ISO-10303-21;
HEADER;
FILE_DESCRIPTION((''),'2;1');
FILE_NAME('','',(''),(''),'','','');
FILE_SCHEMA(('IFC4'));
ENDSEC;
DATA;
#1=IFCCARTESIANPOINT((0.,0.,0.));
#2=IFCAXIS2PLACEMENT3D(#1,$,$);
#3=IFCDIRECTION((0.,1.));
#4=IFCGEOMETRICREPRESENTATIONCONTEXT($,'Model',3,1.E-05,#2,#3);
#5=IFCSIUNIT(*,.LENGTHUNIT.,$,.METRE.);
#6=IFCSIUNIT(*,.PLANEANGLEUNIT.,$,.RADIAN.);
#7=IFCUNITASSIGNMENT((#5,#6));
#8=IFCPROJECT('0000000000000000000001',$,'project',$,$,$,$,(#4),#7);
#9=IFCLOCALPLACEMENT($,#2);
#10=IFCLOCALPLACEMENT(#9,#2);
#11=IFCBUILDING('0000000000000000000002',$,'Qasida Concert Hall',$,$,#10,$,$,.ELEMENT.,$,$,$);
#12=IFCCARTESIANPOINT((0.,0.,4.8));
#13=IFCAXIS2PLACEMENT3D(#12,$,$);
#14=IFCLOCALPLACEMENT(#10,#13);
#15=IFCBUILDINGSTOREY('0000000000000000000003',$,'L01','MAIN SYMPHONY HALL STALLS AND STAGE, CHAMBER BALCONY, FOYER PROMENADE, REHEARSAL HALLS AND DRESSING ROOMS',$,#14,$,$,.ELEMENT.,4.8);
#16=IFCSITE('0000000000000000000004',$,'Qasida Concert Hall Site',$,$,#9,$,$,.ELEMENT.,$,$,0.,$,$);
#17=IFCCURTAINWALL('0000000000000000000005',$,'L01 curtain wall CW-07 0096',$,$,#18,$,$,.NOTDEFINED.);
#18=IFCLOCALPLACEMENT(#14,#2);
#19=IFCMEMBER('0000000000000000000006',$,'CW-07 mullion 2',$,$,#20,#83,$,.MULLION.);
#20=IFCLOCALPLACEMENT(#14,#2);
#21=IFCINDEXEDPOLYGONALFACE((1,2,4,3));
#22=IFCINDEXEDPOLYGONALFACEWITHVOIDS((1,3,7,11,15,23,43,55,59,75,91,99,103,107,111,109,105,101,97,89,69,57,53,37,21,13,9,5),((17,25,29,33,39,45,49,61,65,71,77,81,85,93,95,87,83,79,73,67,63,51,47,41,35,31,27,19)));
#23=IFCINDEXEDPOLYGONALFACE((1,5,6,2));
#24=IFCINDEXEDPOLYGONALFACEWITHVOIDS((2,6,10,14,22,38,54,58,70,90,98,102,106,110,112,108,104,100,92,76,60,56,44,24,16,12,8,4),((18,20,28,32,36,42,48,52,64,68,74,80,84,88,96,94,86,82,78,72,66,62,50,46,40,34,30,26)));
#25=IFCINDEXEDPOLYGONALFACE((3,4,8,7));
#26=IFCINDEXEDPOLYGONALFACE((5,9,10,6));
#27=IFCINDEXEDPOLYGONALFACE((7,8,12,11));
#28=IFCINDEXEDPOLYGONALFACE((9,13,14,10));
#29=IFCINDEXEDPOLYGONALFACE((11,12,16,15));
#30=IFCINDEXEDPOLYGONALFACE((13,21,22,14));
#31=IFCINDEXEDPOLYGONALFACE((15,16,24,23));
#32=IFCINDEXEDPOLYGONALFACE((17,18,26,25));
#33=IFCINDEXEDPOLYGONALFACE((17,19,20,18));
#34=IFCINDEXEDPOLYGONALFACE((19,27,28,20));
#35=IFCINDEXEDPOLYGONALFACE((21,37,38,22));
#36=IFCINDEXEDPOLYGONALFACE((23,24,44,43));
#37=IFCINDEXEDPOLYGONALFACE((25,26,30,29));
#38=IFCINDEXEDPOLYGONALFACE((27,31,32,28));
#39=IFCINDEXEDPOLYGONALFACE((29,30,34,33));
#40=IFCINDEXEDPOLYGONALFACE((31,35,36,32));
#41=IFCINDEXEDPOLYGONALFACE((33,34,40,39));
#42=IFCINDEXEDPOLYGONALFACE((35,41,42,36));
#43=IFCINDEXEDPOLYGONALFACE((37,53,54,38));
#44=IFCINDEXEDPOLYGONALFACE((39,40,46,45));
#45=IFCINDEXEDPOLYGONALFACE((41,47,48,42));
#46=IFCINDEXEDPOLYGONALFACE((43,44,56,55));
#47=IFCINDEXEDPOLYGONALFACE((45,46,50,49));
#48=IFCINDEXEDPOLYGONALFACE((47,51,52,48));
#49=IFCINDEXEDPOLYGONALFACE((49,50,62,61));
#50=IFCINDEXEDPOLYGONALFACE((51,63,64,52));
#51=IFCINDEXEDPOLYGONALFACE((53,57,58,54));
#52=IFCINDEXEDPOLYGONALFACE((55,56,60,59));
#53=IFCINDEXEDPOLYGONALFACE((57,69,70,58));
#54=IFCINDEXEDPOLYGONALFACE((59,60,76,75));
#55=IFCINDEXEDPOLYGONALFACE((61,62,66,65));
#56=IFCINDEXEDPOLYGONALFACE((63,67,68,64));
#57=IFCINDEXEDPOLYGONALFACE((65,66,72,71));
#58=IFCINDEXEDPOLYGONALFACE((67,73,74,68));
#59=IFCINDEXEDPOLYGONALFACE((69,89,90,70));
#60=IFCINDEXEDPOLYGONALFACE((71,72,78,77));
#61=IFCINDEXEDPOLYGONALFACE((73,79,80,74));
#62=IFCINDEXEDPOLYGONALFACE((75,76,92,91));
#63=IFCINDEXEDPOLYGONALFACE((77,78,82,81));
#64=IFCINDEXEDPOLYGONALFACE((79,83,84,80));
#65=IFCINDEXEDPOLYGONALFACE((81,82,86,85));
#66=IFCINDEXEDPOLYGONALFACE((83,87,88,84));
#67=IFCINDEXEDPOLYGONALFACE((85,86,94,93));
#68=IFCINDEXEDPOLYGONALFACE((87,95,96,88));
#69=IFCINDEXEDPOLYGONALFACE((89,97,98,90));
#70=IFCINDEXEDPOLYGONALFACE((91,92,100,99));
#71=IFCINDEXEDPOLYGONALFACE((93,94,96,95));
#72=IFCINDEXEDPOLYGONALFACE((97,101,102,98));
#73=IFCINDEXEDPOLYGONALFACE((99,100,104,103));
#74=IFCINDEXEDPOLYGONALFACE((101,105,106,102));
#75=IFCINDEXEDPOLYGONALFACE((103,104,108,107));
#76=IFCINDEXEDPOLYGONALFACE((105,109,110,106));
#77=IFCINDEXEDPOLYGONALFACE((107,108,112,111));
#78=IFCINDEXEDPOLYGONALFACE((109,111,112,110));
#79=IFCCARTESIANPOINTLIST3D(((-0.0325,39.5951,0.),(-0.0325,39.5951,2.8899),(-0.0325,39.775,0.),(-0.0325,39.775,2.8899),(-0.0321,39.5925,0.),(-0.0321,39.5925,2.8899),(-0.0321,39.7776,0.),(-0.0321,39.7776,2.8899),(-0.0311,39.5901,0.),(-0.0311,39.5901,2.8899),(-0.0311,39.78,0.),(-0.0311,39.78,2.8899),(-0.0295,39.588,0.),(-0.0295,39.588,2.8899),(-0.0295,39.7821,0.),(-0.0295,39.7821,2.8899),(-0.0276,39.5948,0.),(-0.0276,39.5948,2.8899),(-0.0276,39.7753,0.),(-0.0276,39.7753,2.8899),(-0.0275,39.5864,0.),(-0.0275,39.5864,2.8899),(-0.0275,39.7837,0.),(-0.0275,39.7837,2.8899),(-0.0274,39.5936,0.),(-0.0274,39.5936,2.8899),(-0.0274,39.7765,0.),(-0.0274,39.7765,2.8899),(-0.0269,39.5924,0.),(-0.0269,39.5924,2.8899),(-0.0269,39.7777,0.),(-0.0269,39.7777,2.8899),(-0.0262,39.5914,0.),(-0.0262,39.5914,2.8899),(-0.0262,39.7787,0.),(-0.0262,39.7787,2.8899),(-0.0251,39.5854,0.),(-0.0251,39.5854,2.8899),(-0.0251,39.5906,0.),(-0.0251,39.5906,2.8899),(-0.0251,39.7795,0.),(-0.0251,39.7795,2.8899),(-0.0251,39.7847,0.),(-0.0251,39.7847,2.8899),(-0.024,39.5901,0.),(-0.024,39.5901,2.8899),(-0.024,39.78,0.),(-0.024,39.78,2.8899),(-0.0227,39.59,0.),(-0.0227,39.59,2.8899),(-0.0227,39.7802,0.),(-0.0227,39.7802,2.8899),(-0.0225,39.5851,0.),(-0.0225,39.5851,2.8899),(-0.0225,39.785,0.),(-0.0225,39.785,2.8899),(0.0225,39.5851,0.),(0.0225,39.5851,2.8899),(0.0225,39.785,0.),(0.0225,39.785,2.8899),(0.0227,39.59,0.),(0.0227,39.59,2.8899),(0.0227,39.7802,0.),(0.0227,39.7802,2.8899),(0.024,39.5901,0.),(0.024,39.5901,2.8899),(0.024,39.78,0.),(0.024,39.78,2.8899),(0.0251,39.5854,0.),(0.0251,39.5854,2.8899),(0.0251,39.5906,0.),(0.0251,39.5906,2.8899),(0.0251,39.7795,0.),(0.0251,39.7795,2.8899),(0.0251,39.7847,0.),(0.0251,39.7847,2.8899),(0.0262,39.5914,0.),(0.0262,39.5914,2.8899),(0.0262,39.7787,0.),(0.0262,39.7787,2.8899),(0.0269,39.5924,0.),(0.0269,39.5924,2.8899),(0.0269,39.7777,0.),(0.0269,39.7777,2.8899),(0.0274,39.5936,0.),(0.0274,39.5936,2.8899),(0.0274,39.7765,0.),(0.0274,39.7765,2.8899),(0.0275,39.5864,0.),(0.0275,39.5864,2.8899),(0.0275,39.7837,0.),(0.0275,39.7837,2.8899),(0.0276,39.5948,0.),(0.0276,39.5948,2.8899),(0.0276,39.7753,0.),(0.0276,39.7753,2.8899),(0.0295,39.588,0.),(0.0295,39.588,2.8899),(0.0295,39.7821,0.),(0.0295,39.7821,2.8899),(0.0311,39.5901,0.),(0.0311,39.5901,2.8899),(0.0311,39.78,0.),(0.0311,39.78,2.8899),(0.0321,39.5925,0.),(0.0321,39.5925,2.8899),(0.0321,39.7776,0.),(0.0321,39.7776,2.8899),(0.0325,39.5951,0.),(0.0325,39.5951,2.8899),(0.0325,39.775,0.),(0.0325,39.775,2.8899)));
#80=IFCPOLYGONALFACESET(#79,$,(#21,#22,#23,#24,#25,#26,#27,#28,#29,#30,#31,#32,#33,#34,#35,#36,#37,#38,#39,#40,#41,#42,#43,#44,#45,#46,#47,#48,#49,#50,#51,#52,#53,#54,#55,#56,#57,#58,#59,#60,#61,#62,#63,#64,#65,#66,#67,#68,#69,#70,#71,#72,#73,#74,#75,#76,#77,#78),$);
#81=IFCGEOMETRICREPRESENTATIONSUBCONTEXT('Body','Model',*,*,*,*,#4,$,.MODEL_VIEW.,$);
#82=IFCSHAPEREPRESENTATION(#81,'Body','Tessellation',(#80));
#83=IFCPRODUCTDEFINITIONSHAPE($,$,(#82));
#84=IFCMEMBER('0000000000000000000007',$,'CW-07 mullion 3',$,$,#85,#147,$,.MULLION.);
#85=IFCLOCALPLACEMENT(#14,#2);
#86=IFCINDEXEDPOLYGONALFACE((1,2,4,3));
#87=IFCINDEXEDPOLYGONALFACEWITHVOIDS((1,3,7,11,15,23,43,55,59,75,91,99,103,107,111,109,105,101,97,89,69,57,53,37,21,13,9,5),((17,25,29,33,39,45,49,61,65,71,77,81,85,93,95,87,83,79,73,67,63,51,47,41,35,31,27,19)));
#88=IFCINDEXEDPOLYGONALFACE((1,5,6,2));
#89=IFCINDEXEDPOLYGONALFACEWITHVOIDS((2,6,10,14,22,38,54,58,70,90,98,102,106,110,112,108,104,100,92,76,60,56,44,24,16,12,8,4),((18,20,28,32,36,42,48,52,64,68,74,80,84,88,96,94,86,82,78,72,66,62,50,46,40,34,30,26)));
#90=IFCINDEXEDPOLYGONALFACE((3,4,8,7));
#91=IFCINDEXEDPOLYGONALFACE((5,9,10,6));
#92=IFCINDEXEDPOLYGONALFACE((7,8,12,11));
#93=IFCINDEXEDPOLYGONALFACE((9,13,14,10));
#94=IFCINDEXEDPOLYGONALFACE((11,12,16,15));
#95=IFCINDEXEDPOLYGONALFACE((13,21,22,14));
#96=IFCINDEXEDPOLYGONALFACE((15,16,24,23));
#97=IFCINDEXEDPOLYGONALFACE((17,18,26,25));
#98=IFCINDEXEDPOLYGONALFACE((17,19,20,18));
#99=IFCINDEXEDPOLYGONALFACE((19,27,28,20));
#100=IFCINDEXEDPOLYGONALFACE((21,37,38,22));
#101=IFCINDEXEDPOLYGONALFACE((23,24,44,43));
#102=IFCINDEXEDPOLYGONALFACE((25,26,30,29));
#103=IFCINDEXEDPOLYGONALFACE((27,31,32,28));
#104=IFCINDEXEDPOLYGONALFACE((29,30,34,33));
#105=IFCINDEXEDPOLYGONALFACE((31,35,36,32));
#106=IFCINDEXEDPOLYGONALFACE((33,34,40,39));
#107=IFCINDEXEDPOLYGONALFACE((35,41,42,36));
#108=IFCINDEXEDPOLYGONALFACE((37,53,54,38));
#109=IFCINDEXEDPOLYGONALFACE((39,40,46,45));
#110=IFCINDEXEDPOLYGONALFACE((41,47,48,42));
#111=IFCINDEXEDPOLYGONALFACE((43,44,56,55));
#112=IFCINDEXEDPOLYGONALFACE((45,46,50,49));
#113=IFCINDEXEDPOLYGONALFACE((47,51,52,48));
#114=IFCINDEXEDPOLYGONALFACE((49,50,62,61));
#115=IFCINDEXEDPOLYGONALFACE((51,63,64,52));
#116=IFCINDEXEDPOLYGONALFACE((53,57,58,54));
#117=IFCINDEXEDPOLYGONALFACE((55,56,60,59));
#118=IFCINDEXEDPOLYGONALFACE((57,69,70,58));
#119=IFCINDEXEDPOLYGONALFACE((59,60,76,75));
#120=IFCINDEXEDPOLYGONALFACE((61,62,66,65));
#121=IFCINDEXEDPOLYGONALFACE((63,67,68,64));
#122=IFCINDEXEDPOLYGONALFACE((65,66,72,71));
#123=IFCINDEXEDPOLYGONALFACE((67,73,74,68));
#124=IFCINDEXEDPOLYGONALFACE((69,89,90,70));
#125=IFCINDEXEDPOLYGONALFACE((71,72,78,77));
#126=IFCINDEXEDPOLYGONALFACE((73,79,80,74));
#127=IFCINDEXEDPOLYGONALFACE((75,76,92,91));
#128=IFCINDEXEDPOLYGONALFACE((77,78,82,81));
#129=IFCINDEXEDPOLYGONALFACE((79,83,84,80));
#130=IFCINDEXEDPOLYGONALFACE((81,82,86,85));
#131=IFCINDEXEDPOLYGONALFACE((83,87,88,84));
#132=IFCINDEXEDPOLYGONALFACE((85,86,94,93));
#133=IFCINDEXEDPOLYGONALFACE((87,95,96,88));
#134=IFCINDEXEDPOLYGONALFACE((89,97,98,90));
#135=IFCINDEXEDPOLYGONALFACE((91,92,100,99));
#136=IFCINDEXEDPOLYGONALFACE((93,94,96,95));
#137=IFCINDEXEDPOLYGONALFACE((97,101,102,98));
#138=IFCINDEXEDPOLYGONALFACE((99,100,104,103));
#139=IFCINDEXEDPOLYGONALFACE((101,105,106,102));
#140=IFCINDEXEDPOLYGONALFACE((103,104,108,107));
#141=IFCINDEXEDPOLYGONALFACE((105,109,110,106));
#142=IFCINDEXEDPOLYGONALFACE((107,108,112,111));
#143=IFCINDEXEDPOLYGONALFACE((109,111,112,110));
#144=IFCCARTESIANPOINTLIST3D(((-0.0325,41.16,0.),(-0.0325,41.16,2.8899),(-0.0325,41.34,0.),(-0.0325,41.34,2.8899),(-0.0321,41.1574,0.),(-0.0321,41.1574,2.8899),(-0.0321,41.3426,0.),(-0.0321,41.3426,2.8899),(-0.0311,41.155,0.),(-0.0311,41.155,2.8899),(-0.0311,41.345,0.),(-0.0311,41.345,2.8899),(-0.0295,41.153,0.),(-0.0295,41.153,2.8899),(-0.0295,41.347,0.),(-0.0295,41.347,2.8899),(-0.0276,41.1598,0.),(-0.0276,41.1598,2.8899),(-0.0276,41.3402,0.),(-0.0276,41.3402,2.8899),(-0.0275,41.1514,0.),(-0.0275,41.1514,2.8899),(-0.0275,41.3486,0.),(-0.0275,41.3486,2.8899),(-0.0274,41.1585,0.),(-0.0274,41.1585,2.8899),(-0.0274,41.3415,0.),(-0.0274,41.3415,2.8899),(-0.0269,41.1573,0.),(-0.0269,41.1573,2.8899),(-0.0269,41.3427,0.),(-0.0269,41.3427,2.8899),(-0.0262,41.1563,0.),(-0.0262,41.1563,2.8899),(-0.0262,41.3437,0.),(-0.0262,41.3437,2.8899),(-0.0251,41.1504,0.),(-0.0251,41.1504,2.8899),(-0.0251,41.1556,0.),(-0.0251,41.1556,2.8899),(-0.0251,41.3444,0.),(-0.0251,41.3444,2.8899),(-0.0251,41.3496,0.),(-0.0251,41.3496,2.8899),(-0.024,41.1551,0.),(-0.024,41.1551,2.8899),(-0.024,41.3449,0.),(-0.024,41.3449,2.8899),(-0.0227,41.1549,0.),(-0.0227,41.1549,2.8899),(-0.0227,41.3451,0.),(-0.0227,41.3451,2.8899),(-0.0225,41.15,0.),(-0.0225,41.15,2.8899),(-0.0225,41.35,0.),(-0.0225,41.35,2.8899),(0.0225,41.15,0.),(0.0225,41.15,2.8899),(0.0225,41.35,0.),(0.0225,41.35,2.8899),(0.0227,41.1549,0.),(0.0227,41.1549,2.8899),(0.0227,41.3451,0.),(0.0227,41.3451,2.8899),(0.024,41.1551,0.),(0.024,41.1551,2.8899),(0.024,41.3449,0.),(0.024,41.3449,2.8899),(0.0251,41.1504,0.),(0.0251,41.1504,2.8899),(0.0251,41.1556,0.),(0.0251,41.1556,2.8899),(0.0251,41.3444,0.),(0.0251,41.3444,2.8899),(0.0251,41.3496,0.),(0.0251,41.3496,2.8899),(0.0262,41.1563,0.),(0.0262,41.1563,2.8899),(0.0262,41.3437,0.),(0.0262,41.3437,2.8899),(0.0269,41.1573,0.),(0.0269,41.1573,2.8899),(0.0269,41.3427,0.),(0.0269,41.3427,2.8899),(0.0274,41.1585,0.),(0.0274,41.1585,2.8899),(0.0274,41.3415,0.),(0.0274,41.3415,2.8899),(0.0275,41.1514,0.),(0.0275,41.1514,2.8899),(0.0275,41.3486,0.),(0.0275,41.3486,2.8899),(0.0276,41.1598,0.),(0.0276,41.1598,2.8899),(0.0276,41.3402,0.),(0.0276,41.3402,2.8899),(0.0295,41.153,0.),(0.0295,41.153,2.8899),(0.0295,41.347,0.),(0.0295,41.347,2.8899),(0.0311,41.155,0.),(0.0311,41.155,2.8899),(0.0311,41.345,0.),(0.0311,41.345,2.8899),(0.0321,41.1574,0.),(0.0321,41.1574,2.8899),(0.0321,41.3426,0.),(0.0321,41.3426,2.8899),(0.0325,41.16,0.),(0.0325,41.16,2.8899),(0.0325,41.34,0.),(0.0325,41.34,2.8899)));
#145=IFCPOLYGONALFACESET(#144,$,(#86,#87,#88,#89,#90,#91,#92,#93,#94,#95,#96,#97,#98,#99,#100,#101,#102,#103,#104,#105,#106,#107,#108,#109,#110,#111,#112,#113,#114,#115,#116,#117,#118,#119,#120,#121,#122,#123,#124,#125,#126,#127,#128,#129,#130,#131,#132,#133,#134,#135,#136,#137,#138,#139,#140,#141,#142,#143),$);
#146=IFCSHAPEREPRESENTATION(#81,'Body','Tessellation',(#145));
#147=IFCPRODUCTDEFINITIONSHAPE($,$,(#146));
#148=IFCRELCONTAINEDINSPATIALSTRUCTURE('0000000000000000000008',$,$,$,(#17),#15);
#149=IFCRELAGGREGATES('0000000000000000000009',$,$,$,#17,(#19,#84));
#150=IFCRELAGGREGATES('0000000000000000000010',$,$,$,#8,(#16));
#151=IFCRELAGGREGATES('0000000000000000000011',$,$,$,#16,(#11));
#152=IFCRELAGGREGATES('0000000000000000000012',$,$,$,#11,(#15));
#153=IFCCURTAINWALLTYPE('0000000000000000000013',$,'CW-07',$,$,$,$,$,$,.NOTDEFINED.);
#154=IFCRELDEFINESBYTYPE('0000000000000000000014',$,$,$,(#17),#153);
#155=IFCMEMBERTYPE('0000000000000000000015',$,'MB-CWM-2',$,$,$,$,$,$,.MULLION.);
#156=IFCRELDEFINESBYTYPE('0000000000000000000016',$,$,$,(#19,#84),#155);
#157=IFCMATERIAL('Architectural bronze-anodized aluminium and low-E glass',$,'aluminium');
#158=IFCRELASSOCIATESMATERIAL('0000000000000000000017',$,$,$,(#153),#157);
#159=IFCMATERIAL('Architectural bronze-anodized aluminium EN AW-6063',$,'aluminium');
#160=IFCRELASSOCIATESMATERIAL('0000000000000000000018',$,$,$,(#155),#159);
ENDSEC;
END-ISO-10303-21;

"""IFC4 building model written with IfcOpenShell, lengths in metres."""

from ifc_helpers import new_model, si_unit, direction, frame, origin, origin_2d, place, context, subcontext, project, spatial, hollow_rectangle, extrude, material, material_profile, profile_set, type_object, element, aggregate, save


model = new_model("IFC4")

# Units and contexts
model_context = context("Model", 3, precision=1e-05, world=origin(), true_north=direction((0.0, 1.0)))
body_context = subcontext(model_context, "Body", "Model", "MODEL_VIEW")
ifc_project = project(units=[si_unit("LENGTHUNIT", "METRE"), si_unit("PLANEANGLEUNIT", "RADIAN")], contexts=[model_context])

# Site, building, storey
site_placement = place(None, origin())
site = spatial("IfcSite", under=ifc_project, at=site_placement, Name="Qasida Concert Hall Site", CompositionType="ELEMENT", RefElevation=0.0)
building_placement = place(site_placement, origin())
building = spatial("IfcBuilding", under=site, at=building_placement, Name="Qasida Concert Hall", CompositionType="ELEMENT")
storey_placement = place(building_placement, frame((0.0, 0.0, 4.8)))
storey = spatial("IfcBuildingStorey", under=building, at=storey_placement, Name="L01", Description="MAIN SYMPHONY HALL STALLS AND STAGE, CHAMBER BALCONY, FOYER PROMENADE, REHEARSAL HALLS AND DRESSING ROOMS", CompositionType="ELEMENT", Elevation=4.8)

# Curtain wall, members
ifc_material_1 = material(Name="Architectural bronze-anodized aluminium and low-E glass", Category="aluminium")
curtain_wall_type = type_object("IfcCurtainWallType", Name="CW-07", PredefinedType="NOTDEFINED", material=ifc_material_1)
curtain_wall_placement = place(storey_placement, origin())
curtain_wall = element("IfcCurtainWall", 1, at=curtain_wall_placement, inside=storey, type_object=curtain_wall_type, Name="L01 curtain wall CW-07 0096", PredefinedType="NOTDEFINED")
ifc_material_2 = material(Name="Architectural bronze-anodized aluminium EN AW-6063", Category="aluminium")
ifc_material_profile_1 = material_profile(ifc_material_2, hollow_rectangle(XDim=0.0649, YDim=0.2, WallThickness=0.0049, InnerFilletRadius=0.0049, OuterFilletRadius=0.01, at=origin_2d()), Name="CWM 200x65x5")
ifc_profile_set_1 = profile_set([ifc_material_profile_1], Name="Architectural bronze-anodized aluminium EN AW-6063")
member_type_1 = type_object("IfcMemberType", Name="MB-CWM-2", PredefinedType="MULLION", material=ifc_profile_set_1)
member_1_placement = place(storey_placement, frame((0.0, 39.6851, 0.0), z_axis=(0.0, 0.0, 1.0), x_axis=(-1.0, 0.0, 0.0)))
member_1 = element("IfcMember", 2, at=member_1_placement, type_object=member_type_1, Name="CW-07 mullion 2", PredefinedType="MULLION", context=body_context, shape_type="SweptSolid", body=[
    extrude(hollow_rectangle(XDim=0.0649, YDim=0.2, WallThickness=0.0049, InnerFilletRadius=0.0049, OuterFilletRadius=0.01, at=origin_2d()), origin(), (0.0, 0.0, 1.0), 2.8899),
])
member_2_placement = place(storey_placement, frame((0.0, 41.25, 0.0), z_axis=(0.0, 0.0, 1.0), x_axis=(-1.0, 0.0, 0.0)))
member_2 = element("IfcMember", 3, at=member_2_placement, type_object=member_type_1, Name="CW-07 mullion 3", PredefinedType="MULLION", context=body_context, shape_type="SweptSolid", body=[
    extrude(hollow_rectangle(XDim=0.0649, YDim=0.2, WallThickness=0.0049, InnerFilletRadius=0.0049, OuterFilletRadius=0.01, at=origin_2d()), origin(), (0.0, 0.0, 1.0), 2.8899),
])
aggregate(curtain_wall, [member_1, member_2])

save(model, "model.ifc")
